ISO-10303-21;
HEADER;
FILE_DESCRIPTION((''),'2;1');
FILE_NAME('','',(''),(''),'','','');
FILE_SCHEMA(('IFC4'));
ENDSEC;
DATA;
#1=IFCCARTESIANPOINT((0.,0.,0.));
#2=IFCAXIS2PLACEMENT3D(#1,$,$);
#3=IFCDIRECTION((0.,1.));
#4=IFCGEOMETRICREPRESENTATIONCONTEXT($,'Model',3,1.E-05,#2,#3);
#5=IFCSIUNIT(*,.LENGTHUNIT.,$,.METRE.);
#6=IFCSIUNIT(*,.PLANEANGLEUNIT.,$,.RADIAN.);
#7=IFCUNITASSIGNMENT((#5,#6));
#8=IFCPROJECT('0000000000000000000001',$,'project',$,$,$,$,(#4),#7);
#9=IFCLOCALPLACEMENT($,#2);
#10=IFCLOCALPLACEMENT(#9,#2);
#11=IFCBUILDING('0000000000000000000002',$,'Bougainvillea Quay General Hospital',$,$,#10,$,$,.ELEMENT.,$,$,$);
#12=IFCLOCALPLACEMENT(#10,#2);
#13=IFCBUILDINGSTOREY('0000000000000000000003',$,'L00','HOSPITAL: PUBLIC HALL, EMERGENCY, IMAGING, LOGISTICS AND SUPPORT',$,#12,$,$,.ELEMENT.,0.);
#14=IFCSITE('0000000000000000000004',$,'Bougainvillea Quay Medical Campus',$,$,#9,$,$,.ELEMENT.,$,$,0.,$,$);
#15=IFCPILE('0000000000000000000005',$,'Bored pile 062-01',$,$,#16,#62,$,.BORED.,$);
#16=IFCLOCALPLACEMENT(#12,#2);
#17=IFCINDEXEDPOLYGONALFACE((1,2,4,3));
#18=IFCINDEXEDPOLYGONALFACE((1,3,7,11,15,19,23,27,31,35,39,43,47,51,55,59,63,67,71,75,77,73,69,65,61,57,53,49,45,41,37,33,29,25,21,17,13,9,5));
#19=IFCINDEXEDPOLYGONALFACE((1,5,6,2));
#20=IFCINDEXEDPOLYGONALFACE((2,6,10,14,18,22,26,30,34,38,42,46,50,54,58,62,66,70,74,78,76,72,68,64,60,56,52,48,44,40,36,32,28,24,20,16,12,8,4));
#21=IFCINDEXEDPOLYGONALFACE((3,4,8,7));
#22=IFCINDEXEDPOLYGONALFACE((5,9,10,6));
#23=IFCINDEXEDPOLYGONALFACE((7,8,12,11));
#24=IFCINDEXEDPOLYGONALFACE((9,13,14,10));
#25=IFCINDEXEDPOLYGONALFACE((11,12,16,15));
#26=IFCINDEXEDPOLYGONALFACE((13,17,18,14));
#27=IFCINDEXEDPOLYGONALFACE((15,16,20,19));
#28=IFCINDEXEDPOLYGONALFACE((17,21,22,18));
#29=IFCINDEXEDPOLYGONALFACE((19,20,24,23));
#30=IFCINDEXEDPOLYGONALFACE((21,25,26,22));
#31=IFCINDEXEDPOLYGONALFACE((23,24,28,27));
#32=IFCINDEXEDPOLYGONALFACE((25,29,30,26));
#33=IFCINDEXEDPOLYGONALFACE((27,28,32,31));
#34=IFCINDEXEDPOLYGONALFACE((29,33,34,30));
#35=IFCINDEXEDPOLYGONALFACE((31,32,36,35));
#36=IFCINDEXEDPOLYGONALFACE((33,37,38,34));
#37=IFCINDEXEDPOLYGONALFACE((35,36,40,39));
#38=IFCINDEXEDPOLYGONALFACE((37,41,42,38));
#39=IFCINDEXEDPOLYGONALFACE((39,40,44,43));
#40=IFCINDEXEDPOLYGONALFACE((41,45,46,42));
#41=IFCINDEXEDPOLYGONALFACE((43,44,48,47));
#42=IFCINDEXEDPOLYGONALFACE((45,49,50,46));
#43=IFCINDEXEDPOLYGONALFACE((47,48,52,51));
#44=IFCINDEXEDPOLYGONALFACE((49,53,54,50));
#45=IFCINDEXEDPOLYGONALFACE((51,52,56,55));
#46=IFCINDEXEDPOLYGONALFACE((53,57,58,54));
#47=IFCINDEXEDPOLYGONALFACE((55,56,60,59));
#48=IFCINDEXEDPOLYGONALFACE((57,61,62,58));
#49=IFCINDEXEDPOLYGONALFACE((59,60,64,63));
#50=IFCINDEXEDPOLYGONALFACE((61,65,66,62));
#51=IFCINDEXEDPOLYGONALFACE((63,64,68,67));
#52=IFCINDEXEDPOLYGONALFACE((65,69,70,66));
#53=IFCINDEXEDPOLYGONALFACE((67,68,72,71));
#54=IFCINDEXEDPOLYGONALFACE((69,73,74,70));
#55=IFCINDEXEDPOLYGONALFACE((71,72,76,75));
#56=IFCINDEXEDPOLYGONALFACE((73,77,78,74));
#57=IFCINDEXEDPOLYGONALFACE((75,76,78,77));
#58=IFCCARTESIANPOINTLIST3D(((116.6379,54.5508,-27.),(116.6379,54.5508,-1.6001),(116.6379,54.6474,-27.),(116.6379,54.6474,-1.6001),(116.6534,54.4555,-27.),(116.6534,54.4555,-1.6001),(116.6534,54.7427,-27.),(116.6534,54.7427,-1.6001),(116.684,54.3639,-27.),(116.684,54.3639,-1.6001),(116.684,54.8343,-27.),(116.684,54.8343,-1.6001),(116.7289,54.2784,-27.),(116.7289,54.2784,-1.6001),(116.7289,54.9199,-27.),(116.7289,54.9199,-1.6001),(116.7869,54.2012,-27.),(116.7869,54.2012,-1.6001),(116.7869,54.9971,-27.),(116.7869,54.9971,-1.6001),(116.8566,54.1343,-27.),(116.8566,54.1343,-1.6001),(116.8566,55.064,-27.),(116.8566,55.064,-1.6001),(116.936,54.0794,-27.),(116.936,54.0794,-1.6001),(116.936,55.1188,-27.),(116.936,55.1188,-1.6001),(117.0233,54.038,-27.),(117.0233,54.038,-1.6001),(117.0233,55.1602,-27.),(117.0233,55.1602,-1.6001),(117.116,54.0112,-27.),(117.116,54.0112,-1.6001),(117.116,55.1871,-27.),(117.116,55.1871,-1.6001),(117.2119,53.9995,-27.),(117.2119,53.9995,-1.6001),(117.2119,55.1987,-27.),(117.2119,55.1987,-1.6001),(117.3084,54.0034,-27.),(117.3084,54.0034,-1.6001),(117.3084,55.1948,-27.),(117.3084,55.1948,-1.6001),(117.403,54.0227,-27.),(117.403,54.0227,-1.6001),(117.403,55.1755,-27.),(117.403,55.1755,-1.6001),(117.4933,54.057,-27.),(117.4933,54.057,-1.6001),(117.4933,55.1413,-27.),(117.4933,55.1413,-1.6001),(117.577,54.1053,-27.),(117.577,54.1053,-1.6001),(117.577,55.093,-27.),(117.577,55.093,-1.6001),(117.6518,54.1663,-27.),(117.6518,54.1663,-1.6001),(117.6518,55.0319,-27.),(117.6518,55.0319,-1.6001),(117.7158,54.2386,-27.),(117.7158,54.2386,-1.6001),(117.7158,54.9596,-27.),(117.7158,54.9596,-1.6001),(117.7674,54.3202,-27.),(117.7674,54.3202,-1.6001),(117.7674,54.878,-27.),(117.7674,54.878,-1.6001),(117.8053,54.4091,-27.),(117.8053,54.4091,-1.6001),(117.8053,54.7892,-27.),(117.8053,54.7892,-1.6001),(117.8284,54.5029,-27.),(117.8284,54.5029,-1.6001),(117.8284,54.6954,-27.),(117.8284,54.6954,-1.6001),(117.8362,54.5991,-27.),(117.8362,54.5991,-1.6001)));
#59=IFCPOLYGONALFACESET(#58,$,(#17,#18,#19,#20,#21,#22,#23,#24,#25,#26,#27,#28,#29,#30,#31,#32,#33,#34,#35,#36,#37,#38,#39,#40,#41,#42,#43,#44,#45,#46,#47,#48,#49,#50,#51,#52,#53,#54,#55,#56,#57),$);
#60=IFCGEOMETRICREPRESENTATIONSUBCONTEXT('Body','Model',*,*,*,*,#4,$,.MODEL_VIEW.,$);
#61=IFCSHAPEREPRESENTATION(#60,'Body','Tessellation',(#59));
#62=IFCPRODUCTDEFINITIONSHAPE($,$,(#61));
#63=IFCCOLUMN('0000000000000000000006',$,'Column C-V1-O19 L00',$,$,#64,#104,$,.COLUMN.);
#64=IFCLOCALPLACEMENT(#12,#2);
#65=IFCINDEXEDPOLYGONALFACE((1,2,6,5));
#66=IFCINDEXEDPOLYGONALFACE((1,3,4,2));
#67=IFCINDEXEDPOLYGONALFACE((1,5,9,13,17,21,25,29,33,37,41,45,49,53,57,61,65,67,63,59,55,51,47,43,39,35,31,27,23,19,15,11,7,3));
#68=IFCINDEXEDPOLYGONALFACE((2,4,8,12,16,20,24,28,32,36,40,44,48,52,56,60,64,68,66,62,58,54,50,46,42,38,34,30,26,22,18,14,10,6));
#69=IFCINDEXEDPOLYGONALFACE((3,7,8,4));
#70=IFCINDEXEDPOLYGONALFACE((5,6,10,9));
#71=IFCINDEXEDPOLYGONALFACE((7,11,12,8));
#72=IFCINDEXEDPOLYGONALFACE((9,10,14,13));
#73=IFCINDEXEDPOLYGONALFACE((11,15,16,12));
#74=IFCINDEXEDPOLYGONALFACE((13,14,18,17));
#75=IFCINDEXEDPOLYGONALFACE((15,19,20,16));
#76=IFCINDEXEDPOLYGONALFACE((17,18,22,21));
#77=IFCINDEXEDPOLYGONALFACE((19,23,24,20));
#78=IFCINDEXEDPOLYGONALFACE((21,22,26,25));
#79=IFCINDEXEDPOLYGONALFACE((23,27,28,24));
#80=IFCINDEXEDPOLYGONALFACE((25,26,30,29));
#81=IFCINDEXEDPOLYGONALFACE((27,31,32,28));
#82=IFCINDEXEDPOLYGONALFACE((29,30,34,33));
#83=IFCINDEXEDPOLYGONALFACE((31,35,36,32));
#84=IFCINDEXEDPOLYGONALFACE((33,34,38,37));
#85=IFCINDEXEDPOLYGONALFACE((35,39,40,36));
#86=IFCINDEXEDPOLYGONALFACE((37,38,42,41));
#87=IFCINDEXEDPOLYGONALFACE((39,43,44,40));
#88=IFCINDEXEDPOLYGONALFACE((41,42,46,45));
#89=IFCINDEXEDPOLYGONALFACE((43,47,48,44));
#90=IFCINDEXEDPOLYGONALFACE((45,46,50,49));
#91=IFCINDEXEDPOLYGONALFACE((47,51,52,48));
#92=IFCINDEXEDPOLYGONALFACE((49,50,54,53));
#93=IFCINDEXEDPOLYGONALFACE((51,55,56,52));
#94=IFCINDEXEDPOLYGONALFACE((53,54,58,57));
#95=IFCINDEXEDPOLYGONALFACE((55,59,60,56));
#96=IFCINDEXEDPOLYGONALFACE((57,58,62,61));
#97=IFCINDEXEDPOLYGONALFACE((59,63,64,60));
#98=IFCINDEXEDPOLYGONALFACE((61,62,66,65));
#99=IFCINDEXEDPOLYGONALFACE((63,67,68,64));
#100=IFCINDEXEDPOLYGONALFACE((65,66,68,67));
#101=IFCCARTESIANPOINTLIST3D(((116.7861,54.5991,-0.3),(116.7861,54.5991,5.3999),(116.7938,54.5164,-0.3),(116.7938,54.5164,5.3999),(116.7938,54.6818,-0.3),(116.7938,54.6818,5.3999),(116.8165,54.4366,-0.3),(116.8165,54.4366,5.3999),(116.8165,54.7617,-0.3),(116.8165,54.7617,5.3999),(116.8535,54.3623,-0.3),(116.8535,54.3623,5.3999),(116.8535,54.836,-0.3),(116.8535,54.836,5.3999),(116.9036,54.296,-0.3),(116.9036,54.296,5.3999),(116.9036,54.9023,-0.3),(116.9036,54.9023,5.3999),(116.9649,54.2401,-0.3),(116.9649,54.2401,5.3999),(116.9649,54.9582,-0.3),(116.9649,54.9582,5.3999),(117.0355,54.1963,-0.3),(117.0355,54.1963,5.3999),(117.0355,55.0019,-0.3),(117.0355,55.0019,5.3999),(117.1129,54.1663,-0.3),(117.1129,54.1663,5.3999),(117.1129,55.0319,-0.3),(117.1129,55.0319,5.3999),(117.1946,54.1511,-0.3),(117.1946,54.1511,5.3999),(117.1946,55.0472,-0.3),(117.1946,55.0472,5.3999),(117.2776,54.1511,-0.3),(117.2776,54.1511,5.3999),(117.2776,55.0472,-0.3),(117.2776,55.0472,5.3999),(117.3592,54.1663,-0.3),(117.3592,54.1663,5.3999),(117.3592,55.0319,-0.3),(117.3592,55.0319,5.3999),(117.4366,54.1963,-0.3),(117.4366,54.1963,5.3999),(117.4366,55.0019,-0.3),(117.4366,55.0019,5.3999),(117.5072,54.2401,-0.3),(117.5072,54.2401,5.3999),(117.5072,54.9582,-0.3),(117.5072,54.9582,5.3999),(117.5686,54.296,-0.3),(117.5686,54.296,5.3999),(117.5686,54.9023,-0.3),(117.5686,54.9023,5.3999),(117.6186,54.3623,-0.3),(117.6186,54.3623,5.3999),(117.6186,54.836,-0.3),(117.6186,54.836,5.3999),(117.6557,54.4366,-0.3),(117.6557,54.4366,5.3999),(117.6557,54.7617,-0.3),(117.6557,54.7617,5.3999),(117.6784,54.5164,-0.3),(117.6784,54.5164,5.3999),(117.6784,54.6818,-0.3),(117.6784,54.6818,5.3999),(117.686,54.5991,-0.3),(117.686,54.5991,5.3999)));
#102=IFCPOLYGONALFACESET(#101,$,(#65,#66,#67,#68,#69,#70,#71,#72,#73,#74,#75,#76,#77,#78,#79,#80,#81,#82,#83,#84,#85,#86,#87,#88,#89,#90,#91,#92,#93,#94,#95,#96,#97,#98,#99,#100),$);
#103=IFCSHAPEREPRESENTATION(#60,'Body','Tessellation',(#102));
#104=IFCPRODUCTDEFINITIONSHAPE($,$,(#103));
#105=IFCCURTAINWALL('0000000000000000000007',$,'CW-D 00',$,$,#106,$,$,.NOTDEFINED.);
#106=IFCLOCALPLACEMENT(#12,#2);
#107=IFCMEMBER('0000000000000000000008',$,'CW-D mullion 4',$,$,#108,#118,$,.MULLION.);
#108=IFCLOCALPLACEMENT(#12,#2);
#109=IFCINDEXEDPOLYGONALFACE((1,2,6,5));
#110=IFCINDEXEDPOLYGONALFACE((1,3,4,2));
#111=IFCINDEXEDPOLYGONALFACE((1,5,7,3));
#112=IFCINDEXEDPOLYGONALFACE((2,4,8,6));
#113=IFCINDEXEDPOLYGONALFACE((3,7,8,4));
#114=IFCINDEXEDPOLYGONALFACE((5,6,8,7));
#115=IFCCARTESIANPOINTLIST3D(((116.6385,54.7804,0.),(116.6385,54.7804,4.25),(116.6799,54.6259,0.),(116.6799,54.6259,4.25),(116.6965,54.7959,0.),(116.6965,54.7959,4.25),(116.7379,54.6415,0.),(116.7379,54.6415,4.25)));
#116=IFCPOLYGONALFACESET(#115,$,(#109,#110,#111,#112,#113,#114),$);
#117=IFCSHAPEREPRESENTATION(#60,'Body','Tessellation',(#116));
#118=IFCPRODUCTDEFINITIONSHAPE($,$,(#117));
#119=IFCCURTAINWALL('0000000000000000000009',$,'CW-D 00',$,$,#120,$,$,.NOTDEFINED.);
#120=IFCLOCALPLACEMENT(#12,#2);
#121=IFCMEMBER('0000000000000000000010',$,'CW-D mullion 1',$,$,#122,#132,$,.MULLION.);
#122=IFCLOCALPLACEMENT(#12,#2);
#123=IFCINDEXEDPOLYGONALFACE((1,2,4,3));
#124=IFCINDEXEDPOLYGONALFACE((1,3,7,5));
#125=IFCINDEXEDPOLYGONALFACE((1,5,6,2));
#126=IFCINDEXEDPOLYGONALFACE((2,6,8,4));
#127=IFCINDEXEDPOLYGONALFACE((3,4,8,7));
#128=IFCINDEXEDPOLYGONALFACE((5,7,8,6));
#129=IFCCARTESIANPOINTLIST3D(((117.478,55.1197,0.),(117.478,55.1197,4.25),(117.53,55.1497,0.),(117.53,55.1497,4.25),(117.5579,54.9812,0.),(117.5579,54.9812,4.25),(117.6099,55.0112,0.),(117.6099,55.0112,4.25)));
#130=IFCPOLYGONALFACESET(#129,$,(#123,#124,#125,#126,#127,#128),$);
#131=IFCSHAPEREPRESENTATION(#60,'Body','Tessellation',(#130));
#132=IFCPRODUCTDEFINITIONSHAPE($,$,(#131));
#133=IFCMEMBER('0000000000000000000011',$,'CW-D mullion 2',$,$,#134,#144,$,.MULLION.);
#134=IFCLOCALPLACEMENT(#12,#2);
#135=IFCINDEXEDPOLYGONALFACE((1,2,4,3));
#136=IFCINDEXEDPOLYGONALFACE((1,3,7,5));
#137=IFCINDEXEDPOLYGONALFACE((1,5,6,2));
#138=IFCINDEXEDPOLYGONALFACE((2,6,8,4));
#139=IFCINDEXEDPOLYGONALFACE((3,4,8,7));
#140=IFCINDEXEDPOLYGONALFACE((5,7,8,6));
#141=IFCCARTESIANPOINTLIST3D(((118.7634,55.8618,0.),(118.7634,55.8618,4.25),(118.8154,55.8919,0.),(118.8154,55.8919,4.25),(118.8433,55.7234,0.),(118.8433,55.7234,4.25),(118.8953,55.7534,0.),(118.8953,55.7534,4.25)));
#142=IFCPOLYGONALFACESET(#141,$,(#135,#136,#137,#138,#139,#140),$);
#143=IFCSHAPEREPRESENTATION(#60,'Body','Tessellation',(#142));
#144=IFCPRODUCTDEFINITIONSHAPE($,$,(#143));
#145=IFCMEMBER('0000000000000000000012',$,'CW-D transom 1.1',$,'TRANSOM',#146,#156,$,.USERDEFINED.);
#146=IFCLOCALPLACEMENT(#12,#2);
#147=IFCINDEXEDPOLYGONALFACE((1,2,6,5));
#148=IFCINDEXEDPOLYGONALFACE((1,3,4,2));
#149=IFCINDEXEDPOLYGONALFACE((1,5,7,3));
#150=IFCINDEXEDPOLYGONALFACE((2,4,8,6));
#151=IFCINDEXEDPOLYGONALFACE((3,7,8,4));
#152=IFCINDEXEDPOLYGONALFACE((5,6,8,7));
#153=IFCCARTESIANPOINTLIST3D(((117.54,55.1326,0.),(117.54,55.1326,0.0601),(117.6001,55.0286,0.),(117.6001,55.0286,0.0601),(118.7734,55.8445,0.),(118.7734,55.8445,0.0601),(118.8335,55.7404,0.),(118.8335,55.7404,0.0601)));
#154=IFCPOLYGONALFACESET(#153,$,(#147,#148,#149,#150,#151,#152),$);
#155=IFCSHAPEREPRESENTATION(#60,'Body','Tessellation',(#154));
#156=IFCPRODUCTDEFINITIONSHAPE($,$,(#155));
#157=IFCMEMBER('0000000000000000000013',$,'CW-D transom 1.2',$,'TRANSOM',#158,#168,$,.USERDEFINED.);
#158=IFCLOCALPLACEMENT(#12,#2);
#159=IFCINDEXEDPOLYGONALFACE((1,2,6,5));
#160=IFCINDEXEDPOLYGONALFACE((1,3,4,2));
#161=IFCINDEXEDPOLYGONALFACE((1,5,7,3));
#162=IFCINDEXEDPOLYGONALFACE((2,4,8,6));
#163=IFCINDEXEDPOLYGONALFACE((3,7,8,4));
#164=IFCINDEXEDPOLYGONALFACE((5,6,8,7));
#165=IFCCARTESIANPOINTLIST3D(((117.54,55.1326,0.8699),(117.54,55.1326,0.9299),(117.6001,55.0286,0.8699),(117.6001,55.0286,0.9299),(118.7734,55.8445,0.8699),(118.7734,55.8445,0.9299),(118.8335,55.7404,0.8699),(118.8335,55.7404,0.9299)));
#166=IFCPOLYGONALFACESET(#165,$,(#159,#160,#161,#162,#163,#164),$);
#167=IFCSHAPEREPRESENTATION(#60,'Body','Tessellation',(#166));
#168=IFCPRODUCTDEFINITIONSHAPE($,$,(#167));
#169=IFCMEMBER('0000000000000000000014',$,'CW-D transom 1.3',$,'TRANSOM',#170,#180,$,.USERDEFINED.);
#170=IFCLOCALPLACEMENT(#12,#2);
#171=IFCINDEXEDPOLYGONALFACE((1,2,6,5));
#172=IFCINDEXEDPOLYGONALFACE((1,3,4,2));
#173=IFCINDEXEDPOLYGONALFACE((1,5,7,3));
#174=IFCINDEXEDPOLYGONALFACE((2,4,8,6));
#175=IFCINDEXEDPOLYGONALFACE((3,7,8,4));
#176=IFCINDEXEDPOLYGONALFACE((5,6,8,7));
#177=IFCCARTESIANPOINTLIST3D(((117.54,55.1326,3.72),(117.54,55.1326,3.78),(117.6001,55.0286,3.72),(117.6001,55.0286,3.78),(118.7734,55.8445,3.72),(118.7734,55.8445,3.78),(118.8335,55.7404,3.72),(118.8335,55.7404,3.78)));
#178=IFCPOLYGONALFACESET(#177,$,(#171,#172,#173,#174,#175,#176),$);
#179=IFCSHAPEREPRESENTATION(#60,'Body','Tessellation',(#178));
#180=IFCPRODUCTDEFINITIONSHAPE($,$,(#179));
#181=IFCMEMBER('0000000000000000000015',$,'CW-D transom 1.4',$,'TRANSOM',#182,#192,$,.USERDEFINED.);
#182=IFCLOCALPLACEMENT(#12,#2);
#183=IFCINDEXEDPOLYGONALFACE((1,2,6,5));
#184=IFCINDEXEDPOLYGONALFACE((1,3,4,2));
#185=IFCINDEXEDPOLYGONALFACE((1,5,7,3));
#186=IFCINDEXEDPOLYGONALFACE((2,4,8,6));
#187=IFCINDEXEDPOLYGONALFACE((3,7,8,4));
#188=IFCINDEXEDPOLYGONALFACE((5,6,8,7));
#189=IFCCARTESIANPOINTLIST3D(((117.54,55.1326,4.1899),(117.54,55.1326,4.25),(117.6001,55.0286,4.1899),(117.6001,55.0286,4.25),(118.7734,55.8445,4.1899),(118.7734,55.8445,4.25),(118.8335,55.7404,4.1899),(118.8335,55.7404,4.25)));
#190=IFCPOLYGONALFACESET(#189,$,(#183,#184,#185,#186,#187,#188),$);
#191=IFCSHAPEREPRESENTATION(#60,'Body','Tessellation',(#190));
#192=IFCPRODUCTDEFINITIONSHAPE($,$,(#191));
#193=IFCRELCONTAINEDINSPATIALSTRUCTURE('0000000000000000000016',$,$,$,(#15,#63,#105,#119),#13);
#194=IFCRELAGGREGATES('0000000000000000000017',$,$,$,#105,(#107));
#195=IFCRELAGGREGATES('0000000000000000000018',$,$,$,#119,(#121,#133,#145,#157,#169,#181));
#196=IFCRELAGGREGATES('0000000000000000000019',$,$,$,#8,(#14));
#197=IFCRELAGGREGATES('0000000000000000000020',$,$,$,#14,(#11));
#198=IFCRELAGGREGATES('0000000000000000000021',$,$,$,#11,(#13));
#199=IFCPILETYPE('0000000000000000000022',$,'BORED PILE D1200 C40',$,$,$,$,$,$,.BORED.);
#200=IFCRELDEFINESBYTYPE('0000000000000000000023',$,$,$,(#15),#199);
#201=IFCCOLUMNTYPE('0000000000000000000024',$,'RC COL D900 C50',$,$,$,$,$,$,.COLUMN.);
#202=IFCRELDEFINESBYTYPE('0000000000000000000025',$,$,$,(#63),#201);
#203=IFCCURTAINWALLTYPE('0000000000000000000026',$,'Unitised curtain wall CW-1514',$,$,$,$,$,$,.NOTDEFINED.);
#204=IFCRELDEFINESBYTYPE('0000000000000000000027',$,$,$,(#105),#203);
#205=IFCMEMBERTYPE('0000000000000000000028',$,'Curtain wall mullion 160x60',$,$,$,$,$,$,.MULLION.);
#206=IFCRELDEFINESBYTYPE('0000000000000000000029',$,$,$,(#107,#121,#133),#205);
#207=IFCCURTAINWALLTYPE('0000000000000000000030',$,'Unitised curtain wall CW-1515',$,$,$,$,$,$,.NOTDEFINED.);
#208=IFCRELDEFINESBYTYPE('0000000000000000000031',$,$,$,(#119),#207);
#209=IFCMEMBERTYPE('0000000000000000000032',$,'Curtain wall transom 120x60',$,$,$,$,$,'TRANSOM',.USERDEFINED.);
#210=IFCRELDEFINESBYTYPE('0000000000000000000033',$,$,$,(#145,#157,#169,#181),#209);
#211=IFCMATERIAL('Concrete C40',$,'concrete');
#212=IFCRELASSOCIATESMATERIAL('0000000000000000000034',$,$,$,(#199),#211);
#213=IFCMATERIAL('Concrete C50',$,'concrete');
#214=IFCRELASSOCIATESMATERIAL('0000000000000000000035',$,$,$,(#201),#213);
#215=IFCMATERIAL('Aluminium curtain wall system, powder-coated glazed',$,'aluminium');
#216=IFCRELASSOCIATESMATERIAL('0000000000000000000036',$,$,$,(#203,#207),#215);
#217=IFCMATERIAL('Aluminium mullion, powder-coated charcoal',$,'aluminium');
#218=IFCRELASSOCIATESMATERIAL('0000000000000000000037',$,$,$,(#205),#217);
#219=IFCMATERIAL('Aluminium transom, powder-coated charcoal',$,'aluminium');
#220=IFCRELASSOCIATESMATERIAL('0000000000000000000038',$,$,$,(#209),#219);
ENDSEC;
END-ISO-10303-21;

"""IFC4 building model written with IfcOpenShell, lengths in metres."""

from ifc_helpers import new_model, si_unit, direction, frame, origin, origin_2d, place, context, subcontext, project, spatial, rectangle, circle, extrude, material, material_profile, profile_set, type_object, element, aggregate, save


model = new_model("IFC4")

# Units and contexts
model_context = context("Model", 3, precision=1e-05, world=origin(), true_north=direction((0.0, 1.0)))
body_context = subcontext(model_context, "Body", "Model", "MODEL_VIEW")
ifc_project = project(units=[si_unit("LENGTHUNIT", "METRE"), si_unit("PLANEANGLEUNIT", "RADIAN")], contexts=[model_context])

# Site, building, storey
site_placement = place(None, origin())
site = spatial("IfcSite", under=ifc_project, at=site_placement, Name="Bougainvillea Quay Medical Campus", CompositionType="ELEMENT", RefElevation=0.0)
building_placement = place(site_placement, origin())
building = spatial("IfcBuilding", under=site, at=building_placement, Name="Bougainvillea Quay General Hospital", CompositionType="ELEMENT")
storey_placement = place(building_placement, origin())
storey = spatial("IfcBuildingStorey", under=building, at=storey_placement, Name="L00", Description="HOSPITAL: PUBLIC HALL, EMERGENCY, IMAGING, LOGISTICS AND SUPPORT", CompositionType="ELEMENT", Elevation=0.0)

# Pile
ifc_material_1 = material(Name="Concrete C40", Category="concrete")
ifc_material_profile_1 = material_profile(ifc_material_1, circle(Radius=0.6001, at=origin_2d()))
ifc_profile_set_1 = profile_set([ifc_material_profile_1], Name="Concrete C40")
pile_type = type_object("IfcPileType", Name="BORED PILE D1200 C40", PredefinedType="BORED", material=ifc_profile_set_1)
pile_placement = place(storey_placement, frame((117.2361, 54.5991, -1.6001), z_axis=(0.0, 0.0, -1.0), x_axis=(1.0, 0.0, 0.0)))
element("IfcPile", 1, at=pile_placement, inside=storey, type_object=pile_type, Name="Bored pile 062-01", PredefinedType="BORED", context=body_context, shape_type="SweptSolid", body=[
    extrude(circle(Radius=0.6001, at=origin_2d()), origin(), (0.0, 0.0, 1.0), 25.3999),
])

# Column
ifc_material_2 = material(Name="Concrete C50", Category="concrete")
ifc_material_profile_2 = material_profile(ifc_material_2, circle(Radius=0.45, at=origin_2d()))
ifc_profile_set_2 = profile_set([ifc_material_profile_2], Name="Concrete C50")
column_type = type_object("IfcColumnType", Name="RC COL D900 C50", PredefinedType="COLUMN", material=ifc_profile_set_2)
column_placement = place(storey_placement, frame((117.2361, 54.5991, -0.3), z_axis=(0.0, 0.0, 1.0), x_axis=(1.0, 0.0, 0.0)))
element("IfcColumn", 2, at=column_placement, inside=storey, type_object=column_type, Name="Column C-V1-O19 L00", PredefinedType="COLUMN", context=body_context, shape_type="SweptSolid", body=[
    extrude(circle(Radius=0.45, at=origin_2d()), origin(), (0.0, 0.0, 1.0), 5.7),
])

# Curtain wall, member
ifc_material_3 = material(Name="Aluminium curtain wall system, powder-coated glazed", Category="aluminium")
curtain_wall_type_1 = type_object("IfcCurtainWallType", Name="Unitised curtain wall CW-1514", PredefinedType="NOTDEFINED", material=ifc_material_3)
curtain_wall_1_placement = place(storey_placement, origin())
curtain_wall_1 = element("IfcCurtainWall", 3, at=curtain_wall_1_placement, inside=storey, type_object=curtain_wall_type_1, Name="CW-D 00", PredefinedType="NOTDEFINED")
ifc_material_4 = material(Name="Aluminium mullion, powder-coated charcoal", Category="aluminium")
ifc_material_profile_3 = material_profile(ifc_material_4, rectangle(XDim=0.1599, YDim=0.0601, at=origin_2d()))
ifc_profile_set_3 = profile_set([ifc_material_profile_3], Name="Aluminium mullion, powder-coated charcoal")
member_type_1 = type_object("IfcMemberType", Name="Curtain wall mullion 160x60", PredefinedType="MULLION", material=ifc_profile_set_3)
member_1_placement = place(storey_placement, frame((116.6882, 54.7109, 0.0), z_axis=(0.0, 0.0, 1.0), x_axis=(-0.258855, 0.965916, 0.0)))
member_1 = element("IfcMember", 4, at=member_1_placement, type_object=member_type_1, Name="CW-D mullion 4", PredefinedType="MULLION", context=body_context, shape_type="SweptSolid", body=[
    extrude(rectangle(XDim=0.1599, YDim=0.0601, at=origin_2d()), origin(), (0.0, 0.0, 1.0), 4.25),
])
aggregate(curtain_wall_1, [member_1])

# Curtain wall, members
curtain_wall_type_2 = type_object("IfcCurtainWallType", Name="Unitised curtain wall CW-1515", PredefinedType="NOTDEFINED", material=ifc_material_3)
curtain_wall_2_placement = place(storey_placement, origin())
curtain_wall_2 = element("IfcCurtainWall", 5, at=curtain_wall_2_placement, inside=storey, type_object=curtain_wall_type_2, Name="CW-D 00", PredefinedType="NOTDEFINED")
member_2_placement = place(storey_placement, frame((117.5439, 55.0654, 0.0), z_axis=(0.0, 0.0, 1.0), x_axis=(-0.499965, 0.866046, 0.0)))
member_2 = element("IfcMember", 6, at=member_2_placement, type_object=member_type_1, Name="CW-D mullion 1", PredefinedType="MULLION", context=body_context, shape_type="SweptSolid", body=[
    extrude(rectangle(XDim=0.1599, YDim=0.0601, at=origin_2d()), origin(), (0.0, 0.0, 1.0), 4.25),
])
member_3_placement = place(storey_placement, frame((118.8293, 55.8076, 0.0), z_axis=(0.0, 0.0, 1.0), x_axis=(-0.499965, 0.866046, 0.0)))
member_3 = element("IfcMember", 7, at=member_3_placement, type_object=member_type_1, Name="CW-D mullion 2", PredefinedType="MULLION", context=body_context, shape_type="SweptSolid", body=[
    extrude(rectangle(XDim=0.1599, YDim=0.0601, at=origin_2d()), origin(), (0.0, 0.0, 1.0), 4.25),
])
ifc_material_5 = material(Name="Aluminium transom, powder-coated charcoal", Category="aluminium")
ifc_material_profile_4 = material_profile(ifc_material_5, rectangle(XDim=0.1201, YDim=0.0601, at=origin_2d()))
ifc_profile_set_4 = profile_set([ifc_material_profile_4], Name="Aluminium transom, powder-coated charcoal")
member_type_2 = type_object("IfcMemberType", Name="Curtain wall transom 120x60", ElementType="TRANSOM", PredefinedType="USERDEFINED", material=ifc_profile_set_4)
member_4_placement = place(storey_placement, frame((117.5701, 55.0806, 0.03), z_axis=(0.866083, 0.499901, 0.0), x_axis=(-0.499901, 0.866083, 0.0)))
member_4 = element("IfcMember", 8, at=member_4_placement, type_object=member_type_2, Name="CW-D transom 1.1", ObjectType="TRANSOM", PredefinedType="USERDEFINED", context=body_context, shape_type="SweptSolid", body=[
    extrude(rectangle(XDim=0.1201, YDim=0.0601, at=origin_2d()), origin(), (0.0, 0.0, 1.0), 1.4241),
])
member_5_placement = place(storey_placement, frame((117.5701, 55.0806, 0.8999), z_axis=(0.866083, 0.499901, 0.0), x_axis=(-0.499901, 0.866083, 0.0)))
member_5 = element("IfcMember", 9, at=member_5_placement, type_object=member_type_2, Name="CW-D transom 1.2", ObjectType="TRANSOM", PredefinedType="USERDEFINED", context=body_context, shape_type="SweptSolid", body=[
    extrude(rectangle(XDim=0.1201, YDim=0.0601, at=origin_2d()), origin(), (0.0, 0.0, 1.0), 1.4241),
])
member_6_placement = place(storey_placement, frame((117.5701, 55.0806, 3.75), z_axis=(0.866083, 0.499901, 0.0), x_axis=(-0.499901, 0.866083, 0.0)))
member_6 = element("IfcMember", 10, at=member_6_placement, type_object=member_type_2, Name="CW-D transom 1.3", ObjectType="TRANSOM", PredefinedType="USERDEFINED", context=body_context, shape_type="SweptSolid", body=[
    extrude(rectangle(XDim=0.1201, YDim=0.0601, at=origin_2d()), origin(), (0.0, 0.0, 1.0), 1.4241),
])
member_7_placement = place(storey_placement, frame((117.5701, 55.0806, 4.22), z_axis=(0.866083, 0.499901, 0.0), x_axis=(-0.499901, 0.866083, 0.0)))
member_7 = element("IfcMember", 11, at=member_7_placement, type_object=member_type_2, Name="CW-D transom 1.4", ObjectType="TRANSOM", PredefinedType="USERDEFINED", context=body_context, shape_type="SweptSolid", body=[
    extrude(rectangle(XDim=0.1201, YDim=0.0601, at=origin_2d()), origin(), (0.0, 0.0, 1.0), 1.4241),
])
aggregate(curtain_wall_2, [member_2, member_3, member_4, member_5, member_6, member_7])

save(model, "model.ifc")
